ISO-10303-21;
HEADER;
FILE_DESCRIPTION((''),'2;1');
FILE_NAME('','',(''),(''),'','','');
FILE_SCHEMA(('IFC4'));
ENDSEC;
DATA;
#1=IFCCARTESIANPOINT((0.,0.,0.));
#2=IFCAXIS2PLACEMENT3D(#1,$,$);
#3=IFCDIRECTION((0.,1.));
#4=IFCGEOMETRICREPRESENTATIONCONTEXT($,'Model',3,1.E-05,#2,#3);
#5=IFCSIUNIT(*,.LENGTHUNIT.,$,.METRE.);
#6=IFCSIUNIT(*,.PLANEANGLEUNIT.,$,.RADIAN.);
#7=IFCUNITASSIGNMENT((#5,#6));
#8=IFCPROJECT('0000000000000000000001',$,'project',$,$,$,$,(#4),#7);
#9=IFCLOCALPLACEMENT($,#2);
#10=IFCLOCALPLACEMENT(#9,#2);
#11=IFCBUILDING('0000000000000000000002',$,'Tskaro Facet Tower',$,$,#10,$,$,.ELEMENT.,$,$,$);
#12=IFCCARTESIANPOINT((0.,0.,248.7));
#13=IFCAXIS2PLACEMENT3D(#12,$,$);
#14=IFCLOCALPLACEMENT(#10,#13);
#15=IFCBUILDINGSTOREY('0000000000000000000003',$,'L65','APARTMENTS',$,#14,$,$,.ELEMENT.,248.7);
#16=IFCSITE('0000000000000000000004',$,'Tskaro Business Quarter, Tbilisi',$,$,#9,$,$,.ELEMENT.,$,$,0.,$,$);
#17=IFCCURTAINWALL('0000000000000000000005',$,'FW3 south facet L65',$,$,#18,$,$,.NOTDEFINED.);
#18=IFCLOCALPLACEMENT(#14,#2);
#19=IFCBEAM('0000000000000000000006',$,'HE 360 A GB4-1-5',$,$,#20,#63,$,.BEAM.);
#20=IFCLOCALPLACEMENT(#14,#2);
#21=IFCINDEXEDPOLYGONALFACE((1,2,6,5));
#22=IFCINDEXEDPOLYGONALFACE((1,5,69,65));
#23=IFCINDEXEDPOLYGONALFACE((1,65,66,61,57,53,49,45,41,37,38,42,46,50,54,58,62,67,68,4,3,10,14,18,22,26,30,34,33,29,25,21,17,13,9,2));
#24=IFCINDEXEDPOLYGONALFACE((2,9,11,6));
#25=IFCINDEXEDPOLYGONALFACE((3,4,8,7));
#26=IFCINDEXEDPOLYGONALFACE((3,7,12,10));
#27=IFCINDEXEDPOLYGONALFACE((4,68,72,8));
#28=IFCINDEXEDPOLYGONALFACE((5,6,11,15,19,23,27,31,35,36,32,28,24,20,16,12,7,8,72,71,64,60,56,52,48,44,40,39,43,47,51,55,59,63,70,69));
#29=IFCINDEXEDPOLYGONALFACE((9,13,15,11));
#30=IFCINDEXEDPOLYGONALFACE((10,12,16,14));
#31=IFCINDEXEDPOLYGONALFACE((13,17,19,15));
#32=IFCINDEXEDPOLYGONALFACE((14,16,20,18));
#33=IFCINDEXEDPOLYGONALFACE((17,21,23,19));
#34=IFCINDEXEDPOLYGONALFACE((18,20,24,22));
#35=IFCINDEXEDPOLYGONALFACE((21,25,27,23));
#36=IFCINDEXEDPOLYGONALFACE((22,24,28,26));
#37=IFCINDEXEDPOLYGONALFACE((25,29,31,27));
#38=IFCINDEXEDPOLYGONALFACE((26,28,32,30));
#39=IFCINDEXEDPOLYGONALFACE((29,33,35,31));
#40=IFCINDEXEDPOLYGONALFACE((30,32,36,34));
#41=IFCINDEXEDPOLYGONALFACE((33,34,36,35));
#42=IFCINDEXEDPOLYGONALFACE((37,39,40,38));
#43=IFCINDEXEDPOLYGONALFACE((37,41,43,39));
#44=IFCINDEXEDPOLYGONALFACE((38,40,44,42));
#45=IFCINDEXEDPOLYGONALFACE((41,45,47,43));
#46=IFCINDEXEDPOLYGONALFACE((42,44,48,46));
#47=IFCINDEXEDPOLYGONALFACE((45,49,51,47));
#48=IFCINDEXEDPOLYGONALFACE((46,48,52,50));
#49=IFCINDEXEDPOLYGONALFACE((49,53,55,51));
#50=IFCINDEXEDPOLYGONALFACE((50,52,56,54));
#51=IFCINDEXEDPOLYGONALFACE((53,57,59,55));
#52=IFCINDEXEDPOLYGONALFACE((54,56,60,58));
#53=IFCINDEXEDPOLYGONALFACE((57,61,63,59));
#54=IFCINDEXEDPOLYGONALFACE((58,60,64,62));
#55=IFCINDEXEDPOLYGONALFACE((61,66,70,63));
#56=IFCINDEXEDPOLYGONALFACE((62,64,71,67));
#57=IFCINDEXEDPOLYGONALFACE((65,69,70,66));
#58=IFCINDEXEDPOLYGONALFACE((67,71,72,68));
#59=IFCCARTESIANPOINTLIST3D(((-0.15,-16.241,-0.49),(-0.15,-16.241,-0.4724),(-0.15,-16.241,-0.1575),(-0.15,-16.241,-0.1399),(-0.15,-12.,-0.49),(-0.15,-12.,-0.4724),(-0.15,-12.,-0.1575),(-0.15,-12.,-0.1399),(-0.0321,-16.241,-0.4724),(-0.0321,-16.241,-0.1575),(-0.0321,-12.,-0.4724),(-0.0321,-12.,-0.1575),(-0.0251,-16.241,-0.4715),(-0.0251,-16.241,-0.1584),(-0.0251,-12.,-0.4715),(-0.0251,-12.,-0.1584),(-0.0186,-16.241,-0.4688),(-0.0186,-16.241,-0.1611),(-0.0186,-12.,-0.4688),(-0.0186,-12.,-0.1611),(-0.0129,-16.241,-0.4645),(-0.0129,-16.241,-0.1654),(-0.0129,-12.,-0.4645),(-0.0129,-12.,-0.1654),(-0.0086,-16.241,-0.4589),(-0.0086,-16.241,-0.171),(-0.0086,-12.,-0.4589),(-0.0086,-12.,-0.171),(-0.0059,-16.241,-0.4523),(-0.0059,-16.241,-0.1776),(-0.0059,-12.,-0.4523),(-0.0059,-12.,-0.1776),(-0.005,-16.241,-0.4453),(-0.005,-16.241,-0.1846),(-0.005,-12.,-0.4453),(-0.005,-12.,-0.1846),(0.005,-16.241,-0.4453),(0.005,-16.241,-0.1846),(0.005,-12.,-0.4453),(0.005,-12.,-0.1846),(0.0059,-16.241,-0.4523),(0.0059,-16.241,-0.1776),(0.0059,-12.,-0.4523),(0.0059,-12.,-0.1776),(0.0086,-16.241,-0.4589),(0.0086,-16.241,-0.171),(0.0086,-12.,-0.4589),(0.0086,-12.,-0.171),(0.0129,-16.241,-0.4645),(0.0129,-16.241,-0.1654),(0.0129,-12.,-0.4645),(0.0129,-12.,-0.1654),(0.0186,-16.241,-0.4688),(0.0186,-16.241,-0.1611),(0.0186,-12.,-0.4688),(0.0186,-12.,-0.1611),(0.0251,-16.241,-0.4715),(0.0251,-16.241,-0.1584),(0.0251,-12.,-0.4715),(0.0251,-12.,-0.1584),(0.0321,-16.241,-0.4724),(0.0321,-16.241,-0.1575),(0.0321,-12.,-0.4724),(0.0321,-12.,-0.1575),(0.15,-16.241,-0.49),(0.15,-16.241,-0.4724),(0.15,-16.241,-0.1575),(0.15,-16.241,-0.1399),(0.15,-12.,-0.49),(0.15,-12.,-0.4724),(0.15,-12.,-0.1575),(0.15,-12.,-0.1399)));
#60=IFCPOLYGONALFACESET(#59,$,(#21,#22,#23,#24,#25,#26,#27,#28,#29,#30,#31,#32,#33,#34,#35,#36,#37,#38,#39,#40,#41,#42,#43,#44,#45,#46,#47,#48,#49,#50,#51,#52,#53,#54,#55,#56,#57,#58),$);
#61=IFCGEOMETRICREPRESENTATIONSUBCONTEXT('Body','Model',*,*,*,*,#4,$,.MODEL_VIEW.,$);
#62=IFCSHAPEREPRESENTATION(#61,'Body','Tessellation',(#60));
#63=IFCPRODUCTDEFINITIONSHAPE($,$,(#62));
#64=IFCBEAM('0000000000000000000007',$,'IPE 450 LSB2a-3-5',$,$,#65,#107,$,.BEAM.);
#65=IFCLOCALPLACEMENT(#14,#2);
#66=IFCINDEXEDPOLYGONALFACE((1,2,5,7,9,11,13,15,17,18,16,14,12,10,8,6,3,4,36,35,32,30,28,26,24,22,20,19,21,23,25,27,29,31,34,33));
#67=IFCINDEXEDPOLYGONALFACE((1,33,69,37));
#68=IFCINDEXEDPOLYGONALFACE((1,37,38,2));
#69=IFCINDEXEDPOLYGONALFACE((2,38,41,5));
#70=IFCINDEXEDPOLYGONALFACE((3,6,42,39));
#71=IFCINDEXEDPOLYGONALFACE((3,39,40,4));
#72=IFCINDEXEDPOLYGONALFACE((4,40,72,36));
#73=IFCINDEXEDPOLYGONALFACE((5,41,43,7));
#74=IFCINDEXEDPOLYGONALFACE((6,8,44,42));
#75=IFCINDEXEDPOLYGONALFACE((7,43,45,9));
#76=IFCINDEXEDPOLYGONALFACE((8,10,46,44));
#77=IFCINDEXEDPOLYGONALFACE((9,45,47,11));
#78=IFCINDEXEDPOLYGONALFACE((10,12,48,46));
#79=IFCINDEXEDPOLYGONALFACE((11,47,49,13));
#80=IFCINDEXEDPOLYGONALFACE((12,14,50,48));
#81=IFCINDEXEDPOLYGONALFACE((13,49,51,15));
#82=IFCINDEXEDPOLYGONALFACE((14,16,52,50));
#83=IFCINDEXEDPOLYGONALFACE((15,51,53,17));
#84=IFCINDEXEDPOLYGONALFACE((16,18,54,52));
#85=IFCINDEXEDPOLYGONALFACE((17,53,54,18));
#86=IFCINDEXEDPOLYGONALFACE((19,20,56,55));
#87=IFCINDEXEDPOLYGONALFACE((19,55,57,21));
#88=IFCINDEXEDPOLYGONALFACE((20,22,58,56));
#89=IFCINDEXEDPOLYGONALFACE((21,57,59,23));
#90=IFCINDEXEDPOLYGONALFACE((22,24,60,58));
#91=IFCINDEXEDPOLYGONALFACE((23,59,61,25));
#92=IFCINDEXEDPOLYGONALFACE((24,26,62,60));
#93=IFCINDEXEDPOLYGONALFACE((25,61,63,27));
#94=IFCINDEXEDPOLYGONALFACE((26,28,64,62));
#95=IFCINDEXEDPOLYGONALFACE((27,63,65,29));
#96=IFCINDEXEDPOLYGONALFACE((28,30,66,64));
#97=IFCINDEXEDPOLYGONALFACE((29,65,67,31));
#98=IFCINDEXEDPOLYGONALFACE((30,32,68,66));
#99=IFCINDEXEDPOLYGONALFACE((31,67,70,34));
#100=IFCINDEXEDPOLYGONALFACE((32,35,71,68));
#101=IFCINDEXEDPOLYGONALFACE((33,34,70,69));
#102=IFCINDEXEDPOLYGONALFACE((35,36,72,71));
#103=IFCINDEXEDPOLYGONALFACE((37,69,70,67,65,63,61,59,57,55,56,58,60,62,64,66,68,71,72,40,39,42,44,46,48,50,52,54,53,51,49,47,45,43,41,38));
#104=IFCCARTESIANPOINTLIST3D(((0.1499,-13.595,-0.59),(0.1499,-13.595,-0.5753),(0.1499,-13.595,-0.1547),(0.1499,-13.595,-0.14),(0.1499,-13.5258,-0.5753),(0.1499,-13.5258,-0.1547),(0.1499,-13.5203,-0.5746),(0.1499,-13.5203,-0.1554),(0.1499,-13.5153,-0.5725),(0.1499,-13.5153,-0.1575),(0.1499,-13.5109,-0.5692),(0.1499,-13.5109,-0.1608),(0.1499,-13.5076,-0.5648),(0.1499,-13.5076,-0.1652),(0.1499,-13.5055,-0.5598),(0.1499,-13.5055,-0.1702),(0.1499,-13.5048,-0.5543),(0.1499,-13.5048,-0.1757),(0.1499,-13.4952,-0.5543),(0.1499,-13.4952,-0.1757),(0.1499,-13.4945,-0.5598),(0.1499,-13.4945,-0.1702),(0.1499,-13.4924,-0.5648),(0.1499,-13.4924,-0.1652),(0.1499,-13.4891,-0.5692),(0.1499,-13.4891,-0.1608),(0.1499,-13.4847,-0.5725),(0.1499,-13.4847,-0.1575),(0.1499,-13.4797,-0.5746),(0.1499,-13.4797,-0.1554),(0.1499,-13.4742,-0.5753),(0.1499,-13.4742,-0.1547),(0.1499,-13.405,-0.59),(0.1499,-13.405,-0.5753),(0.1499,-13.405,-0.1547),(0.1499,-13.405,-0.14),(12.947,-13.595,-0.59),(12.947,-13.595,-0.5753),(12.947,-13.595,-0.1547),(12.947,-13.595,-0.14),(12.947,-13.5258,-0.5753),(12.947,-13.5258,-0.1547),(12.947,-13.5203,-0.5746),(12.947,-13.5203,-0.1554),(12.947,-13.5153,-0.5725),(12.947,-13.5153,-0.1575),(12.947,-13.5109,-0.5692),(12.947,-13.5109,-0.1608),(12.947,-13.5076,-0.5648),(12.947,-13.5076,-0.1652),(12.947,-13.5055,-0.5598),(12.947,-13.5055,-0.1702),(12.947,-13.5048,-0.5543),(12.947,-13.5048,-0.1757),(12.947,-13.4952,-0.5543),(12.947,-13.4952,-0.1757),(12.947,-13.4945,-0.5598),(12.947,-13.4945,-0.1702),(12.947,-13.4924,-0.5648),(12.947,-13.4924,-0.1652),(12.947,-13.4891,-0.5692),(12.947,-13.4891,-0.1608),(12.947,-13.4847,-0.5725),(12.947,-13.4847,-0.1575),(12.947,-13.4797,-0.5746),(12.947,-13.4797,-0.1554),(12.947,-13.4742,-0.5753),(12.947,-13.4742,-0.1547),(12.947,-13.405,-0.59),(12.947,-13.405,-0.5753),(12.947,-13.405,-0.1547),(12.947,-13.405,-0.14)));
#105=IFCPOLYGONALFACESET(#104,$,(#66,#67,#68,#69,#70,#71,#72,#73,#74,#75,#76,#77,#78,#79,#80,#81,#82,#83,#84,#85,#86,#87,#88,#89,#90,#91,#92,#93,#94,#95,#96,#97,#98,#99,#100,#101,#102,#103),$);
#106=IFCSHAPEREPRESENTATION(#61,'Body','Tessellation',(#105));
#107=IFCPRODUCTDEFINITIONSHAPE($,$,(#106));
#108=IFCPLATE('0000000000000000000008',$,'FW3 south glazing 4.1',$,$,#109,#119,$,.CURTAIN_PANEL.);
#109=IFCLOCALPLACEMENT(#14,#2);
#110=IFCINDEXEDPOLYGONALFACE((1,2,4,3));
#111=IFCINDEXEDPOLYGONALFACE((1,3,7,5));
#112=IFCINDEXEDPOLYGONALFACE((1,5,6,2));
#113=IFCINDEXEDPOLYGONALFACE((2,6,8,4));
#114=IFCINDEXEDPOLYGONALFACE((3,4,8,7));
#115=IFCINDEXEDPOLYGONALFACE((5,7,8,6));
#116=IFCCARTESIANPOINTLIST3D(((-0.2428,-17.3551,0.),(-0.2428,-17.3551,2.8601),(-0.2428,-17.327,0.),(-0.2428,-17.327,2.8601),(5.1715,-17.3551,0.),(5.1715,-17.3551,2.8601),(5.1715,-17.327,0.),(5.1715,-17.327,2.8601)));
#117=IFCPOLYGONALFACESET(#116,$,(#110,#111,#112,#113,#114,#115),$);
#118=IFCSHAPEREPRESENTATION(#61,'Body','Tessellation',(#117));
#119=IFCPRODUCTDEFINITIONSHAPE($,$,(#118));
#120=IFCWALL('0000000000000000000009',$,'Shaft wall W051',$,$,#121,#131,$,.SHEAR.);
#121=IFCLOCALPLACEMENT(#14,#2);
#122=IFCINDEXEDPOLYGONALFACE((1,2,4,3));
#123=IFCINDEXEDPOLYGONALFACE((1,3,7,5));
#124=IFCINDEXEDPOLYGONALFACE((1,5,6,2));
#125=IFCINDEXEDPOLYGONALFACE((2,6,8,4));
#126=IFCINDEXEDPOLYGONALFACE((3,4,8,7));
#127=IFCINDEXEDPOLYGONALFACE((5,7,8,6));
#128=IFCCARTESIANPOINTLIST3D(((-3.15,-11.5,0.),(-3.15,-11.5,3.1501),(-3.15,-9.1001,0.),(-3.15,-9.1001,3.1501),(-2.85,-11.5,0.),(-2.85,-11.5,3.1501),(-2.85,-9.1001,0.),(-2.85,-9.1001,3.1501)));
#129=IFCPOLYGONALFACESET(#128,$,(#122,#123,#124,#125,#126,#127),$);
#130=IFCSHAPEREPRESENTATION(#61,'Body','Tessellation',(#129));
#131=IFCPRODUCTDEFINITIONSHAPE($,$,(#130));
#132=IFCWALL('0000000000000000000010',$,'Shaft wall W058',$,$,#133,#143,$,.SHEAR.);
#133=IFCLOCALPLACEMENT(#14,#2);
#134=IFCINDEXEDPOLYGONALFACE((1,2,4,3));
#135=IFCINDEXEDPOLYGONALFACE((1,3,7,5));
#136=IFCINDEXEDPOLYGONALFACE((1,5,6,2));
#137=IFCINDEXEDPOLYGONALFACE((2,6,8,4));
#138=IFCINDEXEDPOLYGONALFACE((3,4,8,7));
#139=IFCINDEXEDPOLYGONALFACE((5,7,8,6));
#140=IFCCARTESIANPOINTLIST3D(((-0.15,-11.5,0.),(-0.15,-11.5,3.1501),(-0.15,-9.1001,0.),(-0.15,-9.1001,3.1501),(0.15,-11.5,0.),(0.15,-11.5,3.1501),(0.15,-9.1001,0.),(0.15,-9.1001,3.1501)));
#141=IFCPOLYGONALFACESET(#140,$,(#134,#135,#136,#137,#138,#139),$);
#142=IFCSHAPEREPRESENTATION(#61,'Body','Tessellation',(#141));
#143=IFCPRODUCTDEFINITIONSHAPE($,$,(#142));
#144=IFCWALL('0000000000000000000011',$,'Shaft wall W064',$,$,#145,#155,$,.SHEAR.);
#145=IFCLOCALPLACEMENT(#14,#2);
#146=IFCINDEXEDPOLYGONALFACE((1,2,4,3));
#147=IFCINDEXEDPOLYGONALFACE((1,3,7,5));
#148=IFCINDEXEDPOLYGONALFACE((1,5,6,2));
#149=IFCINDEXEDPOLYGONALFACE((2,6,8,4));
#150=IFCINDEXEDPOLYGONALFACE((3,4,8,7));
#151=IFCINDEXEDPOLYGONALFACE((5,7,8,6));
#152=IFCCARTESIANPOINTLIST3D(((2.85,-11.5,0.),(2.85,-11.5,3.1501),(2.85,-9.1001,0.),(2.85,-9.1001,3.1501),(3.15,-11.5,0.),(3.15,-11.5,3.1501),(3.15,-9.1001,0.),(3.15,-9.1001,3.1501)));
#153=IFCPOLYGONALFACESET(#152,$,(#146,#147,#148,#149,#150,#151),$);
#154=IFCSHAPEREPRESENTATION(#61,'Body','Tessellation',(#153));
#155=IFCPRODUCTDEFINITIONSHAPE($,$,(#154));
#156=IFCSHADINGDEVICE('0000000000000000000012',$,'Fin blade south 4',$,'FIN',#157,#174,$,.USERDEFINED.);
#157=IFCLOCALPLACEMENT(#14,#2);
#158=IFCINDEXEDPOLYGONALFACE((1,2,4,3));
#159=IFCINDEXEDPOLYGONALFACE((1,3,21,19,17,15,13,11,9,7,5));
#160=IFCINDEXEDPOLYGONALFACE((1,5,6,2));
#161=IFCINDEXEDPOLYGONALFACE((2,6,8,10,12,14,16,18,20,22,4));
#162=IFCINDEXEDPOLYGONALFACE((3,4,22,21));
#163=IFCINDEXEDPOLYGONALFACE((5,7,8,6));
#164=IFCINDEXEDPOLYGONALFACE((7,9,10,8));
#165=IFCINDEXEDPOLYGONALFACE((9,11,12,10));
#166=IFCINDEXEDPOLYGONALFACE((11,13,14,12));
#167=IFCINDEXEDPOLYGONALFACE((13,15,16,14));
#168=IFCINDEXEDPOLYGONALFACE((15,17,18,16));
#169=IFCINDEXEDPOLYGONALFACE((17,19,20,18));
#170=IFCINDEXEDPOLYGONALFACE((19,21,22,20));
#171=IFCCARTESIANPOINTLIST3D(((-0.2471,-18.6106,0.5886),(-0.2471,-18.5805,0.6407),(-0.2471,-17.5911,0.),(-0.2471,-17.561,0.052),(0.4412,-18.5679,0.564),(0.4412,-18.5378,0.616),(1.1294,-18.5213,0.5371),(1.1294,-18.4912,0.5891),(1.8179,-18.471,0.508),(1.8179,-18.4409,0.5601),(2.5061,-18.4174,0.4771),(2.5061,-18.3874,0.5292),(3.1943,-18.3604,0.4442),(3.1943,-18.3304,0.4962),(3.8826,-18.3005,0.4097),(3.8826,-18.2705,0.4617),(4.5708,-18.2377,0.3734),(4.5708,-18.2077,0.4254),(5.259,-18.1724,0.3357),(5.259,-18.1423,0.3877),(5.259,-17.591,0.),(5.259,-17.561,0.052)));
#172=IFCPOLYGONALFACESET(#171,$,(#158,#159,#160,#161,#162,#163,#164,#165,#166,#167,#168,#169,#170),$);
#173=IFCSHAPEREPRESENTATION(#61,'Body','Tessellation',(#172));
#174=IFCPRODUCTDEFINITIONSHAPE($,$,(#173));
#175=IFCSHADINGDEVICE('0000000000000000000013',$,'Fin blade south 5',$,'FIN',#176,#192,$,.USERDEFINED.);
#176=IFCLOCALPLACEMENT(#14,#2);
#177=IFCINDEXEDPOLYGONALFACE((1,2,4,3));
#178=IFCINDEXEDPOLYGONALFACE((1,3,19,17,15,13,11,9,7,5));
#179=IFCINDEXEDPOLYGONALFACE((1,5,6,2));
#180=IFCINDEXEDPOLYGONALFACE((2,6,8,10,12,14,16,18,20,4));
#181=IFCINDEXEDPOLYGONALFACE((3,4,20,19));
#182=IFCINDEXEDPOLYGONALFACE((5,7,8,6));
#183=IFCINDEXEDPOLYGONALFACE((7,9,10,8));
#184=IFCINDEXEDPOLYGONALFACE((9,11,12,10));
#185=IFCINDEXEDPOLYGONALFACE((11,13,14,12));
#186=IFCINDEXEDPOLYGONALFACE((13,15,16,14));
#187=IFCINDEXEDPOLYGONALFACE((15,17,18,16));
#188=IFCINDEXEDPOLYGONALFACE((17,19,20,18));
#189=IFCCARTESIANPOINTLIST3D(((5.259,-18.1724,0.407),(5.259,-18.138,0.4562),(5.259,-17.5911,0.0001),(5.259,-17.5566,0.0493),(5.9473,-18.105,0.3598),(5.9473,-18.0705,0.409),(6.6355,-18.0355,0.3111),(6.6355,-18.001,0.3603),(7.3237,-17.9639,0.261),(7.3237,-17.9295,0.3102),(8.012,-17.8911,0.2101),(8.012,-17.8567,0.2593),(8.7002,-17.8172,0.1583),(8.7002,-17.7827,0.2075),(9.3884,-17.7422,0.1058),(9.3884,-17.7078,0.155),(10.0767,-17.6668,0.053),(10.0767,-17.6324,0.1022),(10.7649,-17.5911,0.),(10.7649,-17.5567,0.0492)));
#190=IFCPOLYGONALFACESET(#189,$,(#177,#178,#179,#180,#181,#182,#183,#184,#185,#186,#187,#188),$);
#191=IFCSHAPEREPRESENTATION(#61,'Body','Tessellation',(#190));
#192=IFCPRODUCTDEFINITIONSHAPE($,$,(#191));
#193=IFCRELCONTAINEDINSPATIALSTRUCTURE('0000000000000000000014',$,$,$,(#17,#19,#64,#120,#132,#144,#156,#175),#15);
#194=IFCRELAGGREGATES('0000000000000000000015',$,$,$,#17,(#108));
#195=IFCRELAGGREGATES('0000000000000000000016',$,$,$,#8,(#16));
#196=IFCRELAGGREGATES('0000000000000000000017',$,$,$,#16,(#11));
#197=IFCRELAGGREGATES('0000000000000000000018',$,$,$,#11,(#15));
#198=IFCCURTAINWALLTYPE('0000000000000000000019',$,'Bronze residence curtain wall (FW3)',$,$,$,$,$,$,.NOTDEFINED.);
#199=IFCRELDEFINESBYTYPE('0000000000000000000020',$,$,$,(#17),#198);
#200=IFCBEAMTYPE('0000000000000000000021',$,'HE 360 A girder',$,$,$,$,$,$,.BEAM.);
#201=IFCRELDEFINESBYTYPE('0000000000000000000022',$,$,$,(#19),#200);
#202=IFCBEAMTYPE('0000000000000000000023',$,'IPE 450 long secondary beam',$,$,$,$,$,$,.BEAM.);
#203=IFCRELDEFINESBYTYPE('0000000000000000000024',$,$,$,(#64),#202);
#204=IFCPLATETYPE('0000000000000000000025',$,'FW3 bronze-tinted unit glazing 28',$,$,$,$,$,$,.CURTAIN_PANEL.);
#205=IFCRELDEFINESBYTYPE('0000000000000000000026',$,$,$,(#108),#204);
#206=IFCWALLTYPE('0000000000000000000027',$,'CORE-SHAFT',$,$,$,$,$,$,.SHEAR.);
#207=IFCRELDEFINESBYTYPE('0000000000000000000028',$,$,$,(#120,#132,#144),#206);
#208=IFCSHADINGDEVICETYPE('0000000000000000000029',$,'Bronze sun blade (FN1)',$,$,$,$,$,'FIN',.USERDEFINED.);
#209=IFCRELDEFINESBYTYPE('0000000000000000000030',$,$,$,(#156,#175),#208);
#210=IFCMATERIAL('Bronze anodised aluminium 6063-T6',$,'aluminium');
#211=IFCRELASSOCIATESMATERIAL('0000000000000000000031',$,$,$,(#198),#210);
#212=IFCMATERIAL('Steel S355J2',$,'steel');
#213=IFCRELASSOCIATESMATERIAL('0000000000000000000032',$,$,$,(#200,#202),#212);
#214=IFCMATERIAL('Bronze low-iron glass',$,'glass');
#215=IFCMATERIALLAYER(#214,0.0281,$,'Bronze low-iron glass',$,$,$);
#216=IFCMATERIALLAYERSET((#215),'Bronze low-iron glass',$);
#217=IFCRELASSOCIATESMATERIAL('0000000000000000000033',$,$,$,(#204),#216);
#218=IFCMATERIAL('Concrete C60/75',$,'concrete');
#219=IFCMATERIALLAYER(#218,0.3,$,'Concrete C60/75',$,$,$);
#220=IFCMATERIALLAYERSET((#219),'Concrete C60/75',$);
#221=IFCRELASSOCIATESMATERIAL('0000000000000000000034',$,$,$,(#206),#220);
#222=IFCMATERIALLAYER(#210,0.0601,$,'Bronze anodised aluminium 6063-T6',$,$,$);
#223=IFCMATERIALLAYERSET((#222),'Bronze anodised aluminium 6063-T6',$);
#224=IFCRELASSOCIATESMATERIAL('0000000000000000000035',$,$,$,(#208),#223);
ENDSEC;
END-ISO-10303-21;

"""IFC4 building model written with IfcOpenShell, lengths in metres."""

from ifc_helpers import new_model, si_unit, direction, frame, frame_2d, origin, origin_2d, place, context, subcontext, project, spatial, polyline, rectangle, i_section, outline, extrude, material, layer, layer_set, material_profile, profile_set, type_object, element, aggregate, save


model = new_model("IFC4")

# Units and contexts
model_context = context("Model", 3, precision=1e-05, world=origin(), true_north=direction((0.0, 1.0)))
body_context = subcontext(model_context, "Body", "Model", "MODEL_VIEW")
ifc_project = project(units=[si_unit("LENGTHUNIT", "METRE"), si_unit("PLANEANGLEUNIT", "RADIAN")], contexts=[model_context])

# Site, building, storey
site_placement = place(None, origin())
site = spatial("IfcSite", under=ifc_project, at=site_placement, Name="Tskaro Business Quarter, Tbilisi", CompositionType="ELEMENT", RefElevation=0.0)
building_placement = place(site_placement, origin())
building = spatial("IfcBuilding", under=site, at=building_placement, Name="Tskaro Facet Tower", CompositionType="ELEMENT")
storey_placement = place(building_placement, frame((0.0, 0.0, 248.7)))
storey = spatial("IfcBuildingStorey", under=building, at=storey_placement, Name="L65", Description="APARTMENTS", CompositionType="ELEMENT", Elevation=248.7)

# Curtain wall
ifc_material_1 = material(Name="Bronze anodised aluminium 6063-T6", Category="aluminium")
curtain_wall_type = type_object("IfcCurtainWallType", Name="Bronze residence curtain wall (FW3)", PredefinedType="NOTDEFINED", material=ifc_material_1)
curtain_wall_placement = place(storey_placement, origin())
curtain_wall = element("IfcCurtainWall", 1, at=curtain_wall_placement, inside=storey, type_object=curtain_wall_type, Name="FW3 south facet L65", PredefinedType="NOTDEFINED")

# Beams
ifc_material_2 = material(Name="Steel S355J2", Category="steel")
ifc_material_profile_1 = material_profile(ifc_material_2, i_section(OverallWidth=0.3, OverallDepth=0.3501, WebThickness=0.01, FlangeThickness=0.0176, FilletRadius=0.0271, at=origin_2d()), Name="HE 360 A")
ifc_profile_set_1 = profile_set([ifc_material_profile_1], Name="Steel S355J2")
beam_type_1 = type_object("IfcBeamType", Name="HE 360 A girder", PredefinedType="BEAM", material=ifc_profile_set_1)
beam_1_placement = place(storey_placement, frame((0.0, -16.241, -0.3149), z_axis=(0.0, 1.0, 0.0), x_axis=(-1.0, 0.0, 0.0)))
element("IfcBeam", 2, at=beam_1_placement, inside=storey, type_object=beam_type_1, Name="HE 360 A GB4-1-5", PredefinedType="BEAM", context=body_context, shape_type="SweptSolid", body=[
    extrude(i_section(OverallWidth=0.3, OverallDepth=0.3501, WebThickness=0.01, FlangeThickness=0.0176, FilletRadius=0.0271, at=origin_2d()), origin(), (0.0, 0.0, 1.0), 4.241),
])
ifc_material_profile_2 = material_profile(ifc_material_2, i_section(OverallWidth=0.1899, OverallDepth=0.45, WebThickness=0.0095, FlangeThickness=0.0146, FilletRadius=0.021, at=origin_2d()), Name="IPE 450")
ifc_profile_set_2 = profile_set([ifc_material_profile_2], Name="Steel S355J2")
beam_type_2 = type_object("IfcBeamType", Name="IPE 450 long secondary beam", PredefinedType="BEAM", material=ifc_profile_set_2)
beam_2_placement = place(storey_placement, frame((0.1499, -13.5, -0.365), z_axis=(1.0, 0.0, 0.0), x_axis=(0.0, 1.0, 0.0)))
element("IfcBeam", 3, at=beam_2_placement, inside=storey, type_object=beam_type_2, Name="IPE 450 LSB2a-3-5", PredefinedType="BEAM", context=body_context, shape_type="SweptSolid", body=[
    extrude(i_section(OverallWidth=0.1899, OverallDepth=0.45, WebThickness=0.0095, FlangeThickness=0.0146, FilletRadius=0.021, at=origin_2d()), origin(), (0.0, 0.0, 1.0), 12.7971),
])

# Plate
ifc_material_3 = material(Name="Bronze low-iron glass", Category="glass")
ifc_layer_1 = layer(ifc_material_3, 0.0281, Name="Bronze low-iron glass")
ifc_layer_set_1 = layer_set([ifc_layer_1], Name="Bronze low-iron glass")
plate_type = type_object("IfcPlateType", Name="FW3 bronze-tinted unit glazing 28", PredefinedType="CURTAIN_PANEL", material=ifc_layer_set_1)
plate_placement = place(storey_placement, frame((2.4644, -17.3411, 0.0), z_axis=(0.0, 0.0, 1.0), x_axis=(1.0, 0.0, 0.0)))
plate = element("IfcPlate", 4, at=plate_placement, type_object=plate_type, Name="FW3 south glazing 4.1", PredefinedType="CURTAIN_PANEL", context=body_context, shape_type="SweptSolid", body=[
    extrude(rectangle(XDim=5.4143, YDim=0.0281, at=origin_2d()), origin(), (0.0, 0.0, 1.0), 2.8601),
])
aggregate(curtain_wall, [plate])

# Walls
ifc_material_4 = material(Name="Concrete C60/75", Category="concrete")
ifc_layer_2 = layer(ifc_material_4, 0.3, Name="Concrete C60/75")
ifc_layer_set_2 = layer_set([ifc_layer_2], Name="Concrete C60/75")
wall_type = type_object("IfcWallType", Name="CORE-SHAFT", PredefinedType="SHEAR", material=ifc_layer_set_2)
for number, where, z_axis, x_axis, name in (
    (5, (-3.0, -11.5, 0.0), (0.0, 0.0, 1.0), (0.0, 1.0, 0.0), "Shaft wall W051"),
    (6, (0.0, -11.5, 0.0), (0.0, 0.0, 1.0), (0.0, 1.0, 0.0), "Shaft wall W058"),
    (7, (3.0, -11.5, 0.0), (0.0, 0.0, 1.0), (0.0, 1.0, 0.0), "Shaft wall W064"),
):
    element("IfcWall", number, at=place(storey_placement, frame(where, z_axis=z_axis, x_axis=x_axis)), inside=storey, type_object=wall_type, Name=name, PredefinedType="SHEAR", context=body_context, shape_type="SweptSolid", body=[
        extrude(rectangle(XDim=2.3999, YDim=0.3, at=frame_2d((1.2, 0.0))), origin(), (0.0, 0.0, 1.0), 3.1501),
    ])

# Shading devices
ifc_layer_3 = layer(ifc_material_1, 0.0601, Name="Bronze anodised aluminium 6063-T6")
ifc_layer_set_3 = layer_set([ifc_layer_3], Name="Bronze anodised aluminium 6063-T6")
shading_device_type = type_object("IfcShadingDeviceType", Name="Bronze sun blade (FN1)", ElementType="FIN", PredefinedType="USERDEFINED", material=ifc_layer_set_3)
shading_device_1_placement = place(storey_placement, frame((-0.2471, -17.561, 0.052), z_axis=(-0.000007, 0.500023, 0.866012), x_axis=(1.0, 0.000004, 0.000006)))
element("IfcShadingDevice", 8, at=shading_device_1_placement, inside=storey, type_object=shading_device_type, Name="Fin blade south 4", ObjectType="FIN", PredefinedType="USERDEFINED", context=body_context, shape_type="SweptSolid", body=[
    extrude(outline(polyline([(0.0, 0.0), (5.5061, 0.0), (5.5061, -0.6713), (4.8179, -0.7467), (4.1296, -0.8193), (3.4414, -0.8884), (2.7532, -0.9542), (2.0649, -1.016), (1.3765, -1.0741), (0.6882, -1.1279), (0.0, -1.1773), (0.0, 0.0)])), origin(), (0.0, 0.0, -1.0), 0.0601),
])
shading_device_2_placement = place(storey_placement, frame((5.259, -17.5566, 0.0493), z_axis=(0.00002, 0.573403, 0.819273), x_axis=(1.0, -0.000011, -0.000016)))
element("IfcShadingDevice", 9, at=shading_device_2_placement, inside=storey, type_object=shading_device_type, Name="Fin blade south 5", ObjectType="FIN", PredefinedType="USERDEFINED", context=body_context, shape_type="SweptSolid", body=[
    extrude(outline(polyline([(0.0, 0.0), (5.5059, 0.0), (4.8176, -0.0924), (4.1294, -0.1844), (3.4412, -0.2759), (2.7529, -0.3662), (2.0647, -0.4551), (1.3765, -0.5424), (0.6882, -0.6272), (0.0, -0.7096), (0.0, 0.0)])), origin(), (0.0, 0.0, -1.0), 0.0601),
])

save(model, "model.ifc")
